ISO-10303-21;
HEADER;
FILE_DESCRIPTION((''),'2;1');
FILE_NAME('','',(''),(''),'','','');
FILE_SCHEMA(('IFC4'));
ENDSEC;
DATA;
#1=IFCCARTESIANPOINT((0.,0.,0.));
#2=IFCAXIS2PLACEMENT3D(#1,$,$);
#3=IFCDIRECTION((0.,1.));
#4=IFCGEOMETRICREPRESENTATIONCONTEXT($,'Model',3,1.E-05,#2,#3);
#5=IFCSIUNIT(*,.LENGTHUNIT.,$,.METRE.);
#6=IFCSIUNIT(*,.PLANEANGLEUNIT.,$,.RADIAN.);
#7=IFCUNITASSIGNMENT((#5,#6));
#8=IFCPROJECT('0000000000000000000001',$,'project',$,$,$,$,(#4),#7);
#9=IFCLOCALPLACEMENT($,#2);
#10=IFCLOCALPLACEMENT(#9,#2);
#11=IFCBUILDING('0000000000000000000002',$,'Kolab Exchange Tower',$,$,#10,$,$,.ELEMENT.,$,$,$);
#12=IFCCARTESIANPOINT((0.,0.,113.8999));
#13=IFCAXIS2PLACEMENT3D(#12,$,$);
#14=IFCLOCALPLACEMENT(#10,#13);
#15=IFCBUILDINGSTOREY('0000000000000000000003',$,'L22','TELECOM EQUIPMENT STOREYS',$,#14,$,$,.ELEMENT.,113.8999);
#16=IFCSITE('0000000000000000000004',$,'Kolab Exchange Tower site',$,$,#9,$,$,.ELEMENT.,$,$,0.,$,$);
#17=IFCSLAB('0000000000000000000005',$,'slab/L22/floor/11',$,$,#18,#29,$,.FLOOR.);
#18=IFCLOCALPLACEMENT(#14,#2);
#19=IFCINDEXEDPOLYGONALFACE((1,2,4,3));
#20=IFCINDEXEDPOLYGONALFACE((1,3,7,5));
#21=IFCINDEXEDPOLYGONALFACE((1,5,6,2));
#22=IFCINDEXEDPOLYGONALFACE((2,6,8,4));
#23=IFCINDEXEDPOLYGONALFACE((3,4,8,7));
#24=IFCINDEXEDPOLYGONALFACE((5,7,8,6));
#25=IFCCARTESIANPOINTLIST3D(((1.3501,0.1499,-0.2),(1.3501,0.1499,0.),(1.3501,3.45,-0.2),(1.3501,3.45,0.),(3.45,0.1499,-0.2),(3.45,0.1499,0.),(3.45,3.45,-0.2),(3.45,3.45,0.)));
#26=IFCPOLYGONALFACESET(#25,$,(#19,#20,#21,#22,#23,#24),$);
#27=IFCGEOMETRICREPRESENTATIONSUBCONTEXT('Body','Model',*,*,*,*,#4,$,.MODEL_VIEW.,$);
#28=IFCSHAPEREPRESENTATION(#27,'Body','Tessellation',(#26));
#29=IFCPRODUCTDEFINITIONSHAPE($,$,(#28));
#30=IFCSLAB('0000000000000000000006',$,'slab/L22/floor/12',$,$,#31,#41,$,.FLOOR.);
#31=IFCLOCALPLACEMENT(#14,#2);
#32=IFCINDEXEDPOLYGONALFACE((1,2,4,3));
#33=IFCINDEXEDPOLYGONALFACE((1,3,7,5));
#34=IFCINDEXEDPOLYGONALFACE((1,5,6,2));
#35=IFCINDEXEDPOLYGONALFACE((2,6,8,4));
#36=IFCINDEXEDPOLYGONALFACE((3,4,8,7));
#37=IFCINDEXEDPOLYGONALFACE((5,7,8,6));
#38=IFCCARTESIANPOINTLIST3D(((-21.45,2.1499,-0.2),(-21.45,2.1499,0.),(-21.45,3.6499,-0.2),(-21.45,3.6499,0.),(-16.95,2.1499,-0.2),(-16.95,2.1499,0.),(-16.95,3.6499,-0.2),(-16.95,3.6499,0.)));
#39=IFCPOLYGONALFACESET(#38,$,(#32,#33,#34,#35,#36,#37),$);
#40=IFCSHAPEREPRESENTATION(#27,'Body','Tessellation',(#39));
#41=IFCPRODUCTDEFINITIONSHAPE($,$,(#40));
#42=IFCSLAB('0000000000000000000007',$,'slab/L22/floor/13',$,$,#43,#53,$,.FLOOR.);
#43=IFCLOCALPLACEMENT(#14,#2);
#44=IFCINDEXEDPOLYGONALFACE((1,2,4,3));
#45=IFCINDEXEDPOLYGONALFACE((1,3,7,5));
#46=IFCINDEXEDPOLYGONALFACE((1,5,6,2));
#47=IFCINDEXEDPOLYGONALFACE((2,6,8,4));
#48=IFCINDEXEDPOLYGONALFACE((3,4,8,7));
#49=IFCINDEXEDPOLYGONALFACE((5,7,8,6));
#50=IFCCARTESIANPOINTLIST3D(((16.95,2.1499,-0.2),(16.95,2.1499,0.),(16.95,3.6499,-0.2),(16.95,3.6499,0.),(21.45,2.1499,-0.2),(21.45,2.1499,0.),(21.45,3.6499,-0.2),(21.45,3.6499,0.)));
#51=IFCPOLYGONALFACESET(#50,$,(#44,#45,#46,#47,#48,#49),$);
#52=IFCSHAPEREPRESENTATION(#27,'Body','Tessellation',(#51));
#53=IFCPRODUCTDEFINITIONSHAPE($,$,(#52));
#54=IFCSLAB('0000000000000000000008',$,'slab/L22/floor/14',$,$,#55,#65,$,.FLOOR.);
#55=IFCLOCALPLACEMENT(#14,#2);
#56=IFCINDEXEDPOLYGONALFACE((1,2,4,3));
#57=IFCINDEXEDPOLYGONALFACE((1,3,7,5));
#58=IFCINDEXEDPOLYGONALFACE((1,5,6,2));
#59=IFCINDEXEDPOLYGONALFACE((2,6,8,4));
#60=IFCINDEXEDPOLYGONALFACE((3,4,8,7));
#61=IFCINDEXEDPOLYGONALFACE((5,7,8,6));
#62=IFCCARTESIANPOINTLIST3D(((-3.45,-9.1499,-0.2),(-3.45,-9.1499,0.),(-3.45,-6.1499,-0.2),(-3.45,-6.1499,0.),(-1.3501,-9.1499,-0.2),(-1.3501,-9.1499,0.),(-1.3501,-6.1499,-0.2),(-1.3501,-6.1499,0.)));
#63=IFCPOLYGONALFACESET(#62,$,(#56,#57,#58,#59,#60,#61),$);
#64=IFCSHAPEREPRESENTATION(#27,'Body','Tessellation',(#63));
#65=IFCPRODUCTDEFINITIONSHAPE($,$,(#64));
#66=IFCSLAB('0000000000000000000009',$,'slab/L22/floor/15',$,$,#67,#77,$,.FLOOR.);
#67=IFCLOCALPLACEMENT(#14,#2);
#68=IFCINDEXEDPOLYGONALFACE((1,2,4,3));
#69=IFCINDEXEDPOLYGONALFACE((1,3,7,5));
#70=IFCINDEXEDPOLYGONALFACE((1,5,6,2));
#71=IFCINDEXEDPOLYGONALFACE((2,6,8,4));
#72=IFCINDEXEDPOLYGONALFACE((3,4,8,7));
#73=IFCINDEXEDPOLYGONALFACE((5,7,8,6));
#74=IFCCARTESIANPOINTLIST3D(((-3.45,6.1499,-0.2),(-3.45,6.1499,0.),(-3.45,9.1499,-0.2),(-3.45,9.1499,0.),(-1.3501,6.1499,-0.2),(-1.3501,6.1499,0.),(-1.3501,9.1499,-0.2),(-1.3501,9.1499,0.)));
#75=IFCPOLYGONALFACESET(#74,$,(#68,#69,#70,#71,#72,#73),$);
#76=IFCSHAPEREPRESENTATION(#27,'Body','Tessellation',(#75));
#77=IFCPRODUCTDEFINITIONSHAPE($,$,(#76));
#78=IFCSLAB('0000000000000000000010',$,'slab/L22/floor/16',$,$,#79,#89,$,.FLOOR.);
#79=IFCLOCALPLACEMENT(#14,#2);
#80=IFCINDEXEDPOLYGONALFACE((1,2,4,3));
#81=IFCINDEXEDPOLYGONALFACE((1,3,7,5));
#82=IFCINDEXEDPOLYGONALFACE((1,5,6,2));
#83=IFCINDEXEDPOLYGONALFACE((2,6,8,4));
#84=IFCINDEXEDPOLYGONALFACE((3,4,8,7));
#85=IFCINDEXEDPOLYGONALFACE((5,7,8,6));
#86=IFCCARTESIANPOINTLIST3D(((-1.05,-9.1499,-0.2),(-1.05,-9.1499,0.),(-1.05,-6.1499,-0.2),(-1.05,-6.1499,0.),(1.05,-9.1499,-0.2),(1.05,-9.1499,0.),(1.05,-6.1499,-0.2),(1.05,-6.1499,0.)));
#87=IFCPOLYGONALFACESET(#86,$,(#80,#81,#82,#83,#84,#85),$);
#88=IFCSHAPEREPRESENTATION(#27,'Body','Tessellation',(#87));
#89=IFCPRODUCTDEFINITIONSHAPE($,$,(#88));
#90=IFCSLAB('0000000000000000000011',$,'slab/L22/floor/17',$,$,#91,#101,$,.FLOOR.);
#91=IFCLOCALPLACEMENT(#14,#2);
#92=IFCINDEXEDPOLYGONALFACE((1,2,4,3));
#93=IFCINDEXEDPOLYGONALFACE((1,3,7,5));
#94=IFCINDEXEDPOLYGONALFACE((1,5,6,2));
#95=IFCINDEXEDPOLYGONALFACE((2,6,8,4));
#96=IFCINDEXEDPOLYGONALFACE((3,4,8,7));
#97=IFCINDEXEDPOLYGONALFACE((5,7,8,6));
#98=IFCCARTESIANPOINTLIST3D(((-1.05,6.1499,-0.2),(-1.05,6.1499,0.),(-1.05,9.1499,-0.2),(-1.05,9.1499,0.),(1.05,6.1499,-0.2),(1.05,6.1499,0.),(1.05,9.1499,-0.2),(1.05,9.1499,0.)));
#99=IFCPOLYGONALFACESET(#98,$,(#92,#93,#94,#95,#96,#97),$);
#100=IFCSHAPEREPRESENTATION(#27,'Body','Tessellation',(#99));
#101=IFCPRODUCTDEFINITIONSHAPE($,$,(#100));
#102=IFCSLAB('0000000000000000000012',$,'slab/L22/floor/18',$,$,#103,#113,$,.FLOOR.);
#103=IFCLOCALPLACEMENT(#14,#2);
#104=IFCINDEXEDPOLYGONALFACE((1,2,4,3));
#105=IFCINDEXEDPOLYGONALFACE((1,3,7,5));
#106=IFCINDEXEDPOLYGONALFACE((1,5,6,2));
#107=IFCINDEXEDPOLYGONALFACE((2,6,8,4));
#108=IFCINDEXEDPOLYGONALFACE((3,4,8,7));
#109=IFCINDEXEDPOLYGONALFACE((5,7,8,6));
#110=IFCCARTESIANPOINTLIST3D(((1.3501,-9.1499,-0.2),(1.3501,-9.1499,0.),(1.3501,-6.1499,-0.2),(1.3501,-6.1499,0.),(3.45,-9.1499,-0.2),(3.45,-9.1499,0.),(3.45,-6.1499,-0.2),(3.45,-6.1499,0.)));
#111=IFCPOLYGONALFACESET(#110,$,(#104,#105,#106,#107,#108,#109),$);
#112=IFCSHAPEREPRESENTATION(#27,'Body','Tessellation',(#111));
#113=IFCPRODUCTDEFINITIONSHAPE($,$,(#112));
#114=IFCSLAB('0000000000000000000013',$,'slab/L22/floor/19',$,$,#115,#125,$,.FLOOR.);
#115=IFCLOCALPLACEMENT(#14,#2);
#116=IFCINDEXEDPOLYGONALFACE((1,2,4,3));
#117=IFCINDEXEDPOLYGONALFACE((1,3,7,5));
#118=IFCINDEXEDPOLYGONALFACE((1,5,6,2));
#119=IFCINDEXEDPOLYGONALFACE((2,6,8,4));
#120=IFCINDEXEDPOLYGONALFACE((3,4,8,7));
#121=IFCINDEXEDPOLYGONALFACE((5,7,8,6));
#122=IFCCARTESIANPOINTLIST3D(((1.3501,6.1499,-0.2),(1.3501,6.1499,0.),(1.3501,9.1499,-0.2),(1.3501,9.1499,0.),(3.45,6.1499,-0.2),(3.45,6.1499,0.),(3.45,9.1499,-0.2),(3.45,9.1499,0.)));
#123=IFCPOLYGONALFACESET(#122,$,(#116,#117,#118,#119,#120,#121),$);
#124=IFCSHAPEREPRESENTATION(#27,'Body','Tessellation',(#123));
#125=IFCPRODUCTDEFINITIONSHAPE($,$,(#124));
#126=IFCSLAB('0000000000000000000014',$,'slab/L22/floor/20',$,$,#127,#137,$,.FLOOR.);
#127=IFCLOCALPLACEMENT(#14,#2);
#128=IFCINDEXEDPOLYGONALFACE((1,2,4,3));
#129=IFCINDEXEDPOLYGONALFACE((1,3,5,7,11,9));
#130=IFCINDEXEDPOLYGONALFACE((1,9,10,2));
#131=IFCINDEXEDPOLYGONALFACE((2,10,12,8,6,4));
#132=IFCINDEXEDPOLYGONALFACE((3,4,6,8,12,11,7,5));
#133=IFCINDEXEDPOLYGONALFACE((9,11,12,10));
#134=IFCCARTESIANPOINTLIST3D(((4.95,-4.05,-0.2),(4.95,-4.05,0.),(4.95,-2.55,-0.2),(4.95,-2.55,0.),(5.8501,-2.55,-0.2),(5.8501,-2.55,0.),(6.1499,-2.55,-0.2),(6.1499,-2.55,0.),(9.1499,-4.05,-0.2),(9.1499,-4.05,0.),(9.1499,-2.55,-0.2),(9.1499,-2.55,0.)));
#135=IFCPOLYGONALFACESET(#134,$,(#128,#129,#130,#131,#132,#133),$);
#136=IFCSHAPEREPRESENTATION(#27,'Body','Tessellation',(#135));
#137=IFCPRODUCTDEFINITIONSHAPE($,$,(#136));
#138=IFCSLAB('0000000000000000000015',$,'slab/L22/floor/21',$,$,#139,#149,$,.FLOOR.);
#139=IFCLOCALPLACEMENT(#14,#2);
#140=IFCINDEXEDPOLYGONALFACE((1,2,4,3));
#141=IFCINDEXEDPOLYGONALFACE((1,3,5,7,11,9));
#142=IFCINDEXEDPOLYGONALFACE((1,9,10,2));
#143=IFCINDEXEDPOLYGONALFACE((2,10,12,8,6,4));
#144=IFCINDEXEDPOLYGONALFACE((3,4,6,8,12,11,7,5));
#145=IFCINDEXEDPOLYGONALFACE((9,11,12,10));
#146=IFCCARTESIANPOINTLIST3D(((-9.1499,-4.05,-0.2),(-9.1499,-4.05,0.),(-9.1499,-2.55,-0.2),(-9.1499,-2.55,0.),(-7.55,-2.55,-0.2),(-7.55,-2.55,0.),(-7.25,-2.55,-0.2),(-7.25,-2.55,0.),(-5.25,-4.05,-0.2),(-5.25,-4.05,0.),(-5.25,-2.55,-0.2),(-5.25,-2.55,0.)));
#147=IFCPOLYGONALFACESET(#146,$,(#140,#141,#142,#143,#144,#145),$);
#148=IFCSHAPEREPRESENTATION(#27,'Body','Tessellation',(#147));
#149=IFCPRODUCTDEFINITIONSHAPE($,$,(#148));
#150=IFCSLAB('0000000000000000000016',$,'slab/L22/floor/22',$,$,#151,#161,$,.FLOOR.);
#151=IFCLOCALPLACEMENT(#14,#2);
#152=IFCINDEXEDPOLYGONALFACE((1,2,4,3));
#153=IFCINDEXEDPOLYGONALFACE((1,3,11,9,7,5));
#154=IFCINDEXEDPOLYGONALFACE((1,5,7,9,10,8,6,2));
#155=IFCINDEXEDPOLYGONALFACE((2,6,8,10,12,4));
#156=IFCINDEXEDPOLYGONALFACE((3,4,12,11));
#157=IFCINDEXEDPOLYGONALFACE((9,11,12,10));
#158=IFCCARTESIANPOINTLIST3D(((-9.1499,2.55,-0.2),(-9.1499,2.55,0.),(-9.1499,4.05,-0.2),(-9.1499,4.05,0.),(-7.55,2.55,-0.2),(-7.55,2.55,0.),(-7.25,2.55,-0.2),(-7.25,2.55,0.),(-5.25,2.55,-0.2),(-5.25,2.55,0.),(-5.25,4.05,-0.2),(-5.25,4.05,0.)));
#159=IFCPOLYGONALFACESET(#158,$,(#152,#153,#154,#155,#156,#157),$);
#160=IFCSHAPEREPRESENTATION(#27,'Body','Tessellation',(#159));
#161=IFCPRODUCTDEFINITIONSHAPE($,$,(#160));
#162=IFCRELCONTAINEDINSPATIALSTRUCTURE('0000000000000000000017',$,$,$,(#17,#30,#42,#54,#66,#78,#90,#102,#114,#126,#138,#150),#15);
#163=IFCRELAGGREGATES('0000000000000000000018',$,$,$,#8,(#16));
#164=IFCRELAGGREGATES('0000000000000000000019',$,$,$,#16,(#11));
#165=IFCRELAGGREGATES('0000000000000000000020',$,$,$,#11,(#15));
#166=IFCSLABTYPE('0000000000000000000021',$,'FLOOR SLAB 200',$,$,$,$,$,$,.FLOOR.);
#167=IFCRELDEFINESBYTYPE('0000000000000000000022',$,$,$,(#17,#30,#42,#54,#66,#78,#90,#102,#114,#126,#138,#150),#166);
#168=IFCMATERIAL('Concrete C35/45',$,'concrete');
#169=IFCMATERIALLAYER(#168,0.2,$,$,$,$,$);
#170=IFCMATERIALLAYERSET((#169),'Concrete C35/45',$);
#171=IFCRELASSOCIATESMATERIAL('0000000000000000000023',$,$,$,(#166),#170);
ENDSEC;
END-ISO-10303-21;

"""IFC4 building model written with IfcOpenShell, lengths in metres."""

from ifc_helpers import new_model, si_unit, direction, frame, origin, place, context, subcontext, project, spatial, polyline, outline, extrude, material, layer, layer_set, type_object, element, save


model = new_model("IFC4")

# Units and contexts
model_context = context("Model", 3, precision=1e-05, world=origin(), true_north=direction((0.0, 1.0)))
body_context = subcontext(model_context, "Body", "Model", "MODEL_VIEW")
ifc_project = project(units=[si_unit("LENGTHUNIT", "METRE"), si_unit("PLANEANGLEUNIT", "RADIAN")], contexts=[model_context])

# Site, building, storey
site_placement = place(None, origin())
site = spatial("IfcSite", under=ifc_project, at=site_placement, Name="Kolab Exchange Tower site", CompositionType="ELEMENT", RefElevation=0.0)
building_placement = place(site_placement, origin())
building = spatial("IfcBuilding", under=site, at=building_placement, Name="Kolab Exchange Tower", CompositionType="ELEMENT")
storey_placement = place(building_placement, frame((0.0, 0.0, 113.8999)))
storey = spatial("IfcBuildingStorey", under=building, at=storey_placement, Name="L22", Description="TELECOM EQUIPMENT STOREYS", CompositionType="ELEMENT", Elevation=113.8999)

# Slabs
ifc_material_1 = material(Name="Concrete C35/45", Category="concrete")
ifc_layer_1 = layer(ifc_material_1, 0.2)
ifc_layer_set_1 = layer_set([ifc_layer_1], Name="Concrete C35/45")
slab_type_1 = type_object("IfcSlabType", Name="FLOOR SLAB 200", PredefinedType="FLOOR", material=ifc_layer_set_1)
slab_1_placement = place(storey_placement, frame((0.0, 0.0, -0.2)))
element("IfcSlab", 1, at=slab_1_placement, inside=storey, type_object=slab_type_1, Name="slab/L22/floor/11", PredefinedType="FLOOR", context=body_context, shape_type="SweptSolid", body=[
    extrude(outline(polyline([(1.3501, 0.1499), (3.45, 0.1499), (3.45, 3.45), (1.3501, 3.45), (1.3501, 0.1499)])), origin(), (0.0, 0.0, 1.0), 0.2),
])
slab_2_placement = place(storey_placement, frame((0.0, 0.0, -0.2)))
element("IfcSlab", 2, at=slab_2_placement, inside=storey, type_object=slab_type_1, Name="slab/L22/floor/12", PredefinedType="FLOOR", context=body_context, shape_type="SweptSolid", body=[
    extrude(outline(polyline([(-21.45, 3.6499), (-21.45, 2.1499), (-16.95, 2.1499), (-16.95, 3.6499), (-21.45, 3.6499)])), origin(), (0.0, 0.0, 1.0), 0.2),
])
slab_3_placement = place(storey_placement, frame((0.0, 0.0, -0.2)))
element("IfcSlab", 3, at=slab_3_placement, inside=storey, type_object=slab_type_1, Name="slab/L22/floor/13", PredefinedType="FLOOR", context=body_context, shape_type="SweptSolid", body=[
    extrude(outline(polyline([(21.45, 3.6499), (16.95, 3.6499), (16.95, 2.1499), (21.45, 2.1499), (21.45, 3.6499)])), origin(), (0.0, 0.0, 1.0), 0.2),
])
slab_4_placement = place(storey_placement, frame((0.0, 0.0, -0.2)))
element("IfcSlab", 4, at=slab_4_placement, inside=storey, type_object=slab_type_1, Name="slab/L22/floor/14", PredefinedType="FLOOR", context=body_context, shape_type="SweptSolid", body=[
    extrude(outline(polyline([(-1.3501, -6.1499), (-3.45, -6.1499), (-3.45, -9.1499), (-1.3501, -9.1499), (-1.3501, -6.1499)])), origin(), (0.0, 0.0, 1.0), 0.2),
])
slab_5_placement = place(storey_placement, frame((0.0, 0.0, -0.2)))
element("IfcSlab", 5, at=slab_5_placement, inside=storey, type_object=slab_type_1, Name="slab/L22/floor/15", PredefinedType="FLOOR", context=body_context, shape_type="SweptSolid", body=[
    extrude(outline(polyline([(-1.3501, 6.1499), (-1.3501, 9.1499), (-3.45, 9.1499), (-3.45, 6.1499), (-1.3501, 6.1499)])), origin(), (0.0, 0.0, 1.0), 0.2),
])
slab_6_placement = place(storey_placement, frame((0.0, 0.0, -0.2)))
element("IfcSlab", 6, at=slab_6_placement, inside=storey, type_object=slab_type_1, Name="slab/L22/floor/16", PredefinedType="FLOOR", context=body_context, shape_type="SweptSolid", body=[
    extrude(outline(polyline([(1.05, -6.1499), (-1.05, -6.1499), (-1.05, -9.1499), (1.05, -9.1499), (1.05, -6.1499)])), origin(), (0.0, 0.0, 1.0), 0.2),
])
slab_7_placement = place(storey_placement, frame((0.0, 0.0, -0.2)))
element("IfcSlab", 7, at=slab_7_placement, inside=storey, type_object=slab_type_1, Name="slab/L22/floor/17", PredefinedType="FLOOR", context=body_context, shape_type="SweptSolid", body=[
    extrude(outline(polyline([(-1.05, 9.1499), (-1.05, 6.1499), (1.05, 6.1499), (1.05, 9.1499), (-1.05, 9.1499)])), origin(), (0.0, 0.0, 1.0), 0.2),
])
slab_8_placement = place(storey_placement, frame((0.0, 0.0, -0.2)))
element("IfcSlab", 8, at=slab_8_placement, inside=storey, type_object=slab_type_1, Name="slab/L22/floor/18", PredefinedType="FLOOR", context=body_context, shape_type="SweptSolid", body=[
    extrude(outline(polyline([(1.3501, -6.1499), (1.3501, -9.1499), (3.45, -9.1499), (3.45, -6.1499), (1.3501, -6.1499)])), origin(), (0.0, 0.0, 1.0), 0.2),
])
slab_9_placement = place(storey_placement, frame((0.0, 0.0, -0.2)))
element("IfcSlab", 9, at=slab_9_placement, inside=storey, type_object=slab_type_1, Name="slab/L22/floor/19", PredefinedType="FLOOR", context=body_context, shape_type="SweptSolid", body=[
    extrude(outline(polyline([(1.3501, 6.1499), (3.45, 6.1499), (3.45, 9.1499), (1.3501, 9.1499), (1.3501, 6.1499)])), origin(), (0.0, 0.0, 1.0), 0.2),
])
slab_10_placement = place(storey_placement, frame((0.0, 0.0, -0.2)))
element("IfcSlab", 10, at=slab_10_placement, inside=storey, type_object=slab_type_1, Name="slab/L22/floor/20", PredefinedType="FLOOR", context=body_context, shape_type="SweptSolid", body=[
    extrude(outline(polyline([(4.95, -4.05), (9.1499, -4.05), (9.1499, -2.55), (6.1499, -2.55), (5.8501, -2.55), (4.95, -2.55), (4.95, -4.05)])), origin(), (0.0, 0.0, 1.0), 0.2),
])
slab_11_placement = place(storey_placement, frame((0.0, 0.0, -0.2)))
element("IfcSlab", 11, at=slab_11_placement, inside=storey, type_object=slab_type_1, Name="slab/L22/floor/21", PredefinedType="FLOOR", context=body_context, shape_type="SweptSolid", body=[
    extrude(outline(polyline([(-9.1499, -2.55), (-9.1499, -4.05), (-5.25, -4.05), (-5.25, -2.55), (-7.25, -2.55), (-7.55, -2.55), (-9.1499, -2.55)])), origin(), (0.0, 0.0, 1.0), 0.2),
])
slab_12_placement = place(storey_placement, frame((0.0, 0.0, -0.2)))
element("IfcSlab", 12, at=slab_12_placement, inside=storey, type_object=slab_type_1, Name="slab/L22/floor/22", PredefinedType="FLOOR", context=body_context, shape_type="SweptSolid", body=[
    extrude(outline(polyline([(-5.25, 4.05), (-9.1499, 4.05), (-9.1499, 2.55), (-7.55, 2.55), (-7.25, 2.55), (-5.25, 2.55), (-5.25, 4.05)])), origin(), (0.0, 0.0, 1.0), 0.2),
])

save(model, "model.ifc")
